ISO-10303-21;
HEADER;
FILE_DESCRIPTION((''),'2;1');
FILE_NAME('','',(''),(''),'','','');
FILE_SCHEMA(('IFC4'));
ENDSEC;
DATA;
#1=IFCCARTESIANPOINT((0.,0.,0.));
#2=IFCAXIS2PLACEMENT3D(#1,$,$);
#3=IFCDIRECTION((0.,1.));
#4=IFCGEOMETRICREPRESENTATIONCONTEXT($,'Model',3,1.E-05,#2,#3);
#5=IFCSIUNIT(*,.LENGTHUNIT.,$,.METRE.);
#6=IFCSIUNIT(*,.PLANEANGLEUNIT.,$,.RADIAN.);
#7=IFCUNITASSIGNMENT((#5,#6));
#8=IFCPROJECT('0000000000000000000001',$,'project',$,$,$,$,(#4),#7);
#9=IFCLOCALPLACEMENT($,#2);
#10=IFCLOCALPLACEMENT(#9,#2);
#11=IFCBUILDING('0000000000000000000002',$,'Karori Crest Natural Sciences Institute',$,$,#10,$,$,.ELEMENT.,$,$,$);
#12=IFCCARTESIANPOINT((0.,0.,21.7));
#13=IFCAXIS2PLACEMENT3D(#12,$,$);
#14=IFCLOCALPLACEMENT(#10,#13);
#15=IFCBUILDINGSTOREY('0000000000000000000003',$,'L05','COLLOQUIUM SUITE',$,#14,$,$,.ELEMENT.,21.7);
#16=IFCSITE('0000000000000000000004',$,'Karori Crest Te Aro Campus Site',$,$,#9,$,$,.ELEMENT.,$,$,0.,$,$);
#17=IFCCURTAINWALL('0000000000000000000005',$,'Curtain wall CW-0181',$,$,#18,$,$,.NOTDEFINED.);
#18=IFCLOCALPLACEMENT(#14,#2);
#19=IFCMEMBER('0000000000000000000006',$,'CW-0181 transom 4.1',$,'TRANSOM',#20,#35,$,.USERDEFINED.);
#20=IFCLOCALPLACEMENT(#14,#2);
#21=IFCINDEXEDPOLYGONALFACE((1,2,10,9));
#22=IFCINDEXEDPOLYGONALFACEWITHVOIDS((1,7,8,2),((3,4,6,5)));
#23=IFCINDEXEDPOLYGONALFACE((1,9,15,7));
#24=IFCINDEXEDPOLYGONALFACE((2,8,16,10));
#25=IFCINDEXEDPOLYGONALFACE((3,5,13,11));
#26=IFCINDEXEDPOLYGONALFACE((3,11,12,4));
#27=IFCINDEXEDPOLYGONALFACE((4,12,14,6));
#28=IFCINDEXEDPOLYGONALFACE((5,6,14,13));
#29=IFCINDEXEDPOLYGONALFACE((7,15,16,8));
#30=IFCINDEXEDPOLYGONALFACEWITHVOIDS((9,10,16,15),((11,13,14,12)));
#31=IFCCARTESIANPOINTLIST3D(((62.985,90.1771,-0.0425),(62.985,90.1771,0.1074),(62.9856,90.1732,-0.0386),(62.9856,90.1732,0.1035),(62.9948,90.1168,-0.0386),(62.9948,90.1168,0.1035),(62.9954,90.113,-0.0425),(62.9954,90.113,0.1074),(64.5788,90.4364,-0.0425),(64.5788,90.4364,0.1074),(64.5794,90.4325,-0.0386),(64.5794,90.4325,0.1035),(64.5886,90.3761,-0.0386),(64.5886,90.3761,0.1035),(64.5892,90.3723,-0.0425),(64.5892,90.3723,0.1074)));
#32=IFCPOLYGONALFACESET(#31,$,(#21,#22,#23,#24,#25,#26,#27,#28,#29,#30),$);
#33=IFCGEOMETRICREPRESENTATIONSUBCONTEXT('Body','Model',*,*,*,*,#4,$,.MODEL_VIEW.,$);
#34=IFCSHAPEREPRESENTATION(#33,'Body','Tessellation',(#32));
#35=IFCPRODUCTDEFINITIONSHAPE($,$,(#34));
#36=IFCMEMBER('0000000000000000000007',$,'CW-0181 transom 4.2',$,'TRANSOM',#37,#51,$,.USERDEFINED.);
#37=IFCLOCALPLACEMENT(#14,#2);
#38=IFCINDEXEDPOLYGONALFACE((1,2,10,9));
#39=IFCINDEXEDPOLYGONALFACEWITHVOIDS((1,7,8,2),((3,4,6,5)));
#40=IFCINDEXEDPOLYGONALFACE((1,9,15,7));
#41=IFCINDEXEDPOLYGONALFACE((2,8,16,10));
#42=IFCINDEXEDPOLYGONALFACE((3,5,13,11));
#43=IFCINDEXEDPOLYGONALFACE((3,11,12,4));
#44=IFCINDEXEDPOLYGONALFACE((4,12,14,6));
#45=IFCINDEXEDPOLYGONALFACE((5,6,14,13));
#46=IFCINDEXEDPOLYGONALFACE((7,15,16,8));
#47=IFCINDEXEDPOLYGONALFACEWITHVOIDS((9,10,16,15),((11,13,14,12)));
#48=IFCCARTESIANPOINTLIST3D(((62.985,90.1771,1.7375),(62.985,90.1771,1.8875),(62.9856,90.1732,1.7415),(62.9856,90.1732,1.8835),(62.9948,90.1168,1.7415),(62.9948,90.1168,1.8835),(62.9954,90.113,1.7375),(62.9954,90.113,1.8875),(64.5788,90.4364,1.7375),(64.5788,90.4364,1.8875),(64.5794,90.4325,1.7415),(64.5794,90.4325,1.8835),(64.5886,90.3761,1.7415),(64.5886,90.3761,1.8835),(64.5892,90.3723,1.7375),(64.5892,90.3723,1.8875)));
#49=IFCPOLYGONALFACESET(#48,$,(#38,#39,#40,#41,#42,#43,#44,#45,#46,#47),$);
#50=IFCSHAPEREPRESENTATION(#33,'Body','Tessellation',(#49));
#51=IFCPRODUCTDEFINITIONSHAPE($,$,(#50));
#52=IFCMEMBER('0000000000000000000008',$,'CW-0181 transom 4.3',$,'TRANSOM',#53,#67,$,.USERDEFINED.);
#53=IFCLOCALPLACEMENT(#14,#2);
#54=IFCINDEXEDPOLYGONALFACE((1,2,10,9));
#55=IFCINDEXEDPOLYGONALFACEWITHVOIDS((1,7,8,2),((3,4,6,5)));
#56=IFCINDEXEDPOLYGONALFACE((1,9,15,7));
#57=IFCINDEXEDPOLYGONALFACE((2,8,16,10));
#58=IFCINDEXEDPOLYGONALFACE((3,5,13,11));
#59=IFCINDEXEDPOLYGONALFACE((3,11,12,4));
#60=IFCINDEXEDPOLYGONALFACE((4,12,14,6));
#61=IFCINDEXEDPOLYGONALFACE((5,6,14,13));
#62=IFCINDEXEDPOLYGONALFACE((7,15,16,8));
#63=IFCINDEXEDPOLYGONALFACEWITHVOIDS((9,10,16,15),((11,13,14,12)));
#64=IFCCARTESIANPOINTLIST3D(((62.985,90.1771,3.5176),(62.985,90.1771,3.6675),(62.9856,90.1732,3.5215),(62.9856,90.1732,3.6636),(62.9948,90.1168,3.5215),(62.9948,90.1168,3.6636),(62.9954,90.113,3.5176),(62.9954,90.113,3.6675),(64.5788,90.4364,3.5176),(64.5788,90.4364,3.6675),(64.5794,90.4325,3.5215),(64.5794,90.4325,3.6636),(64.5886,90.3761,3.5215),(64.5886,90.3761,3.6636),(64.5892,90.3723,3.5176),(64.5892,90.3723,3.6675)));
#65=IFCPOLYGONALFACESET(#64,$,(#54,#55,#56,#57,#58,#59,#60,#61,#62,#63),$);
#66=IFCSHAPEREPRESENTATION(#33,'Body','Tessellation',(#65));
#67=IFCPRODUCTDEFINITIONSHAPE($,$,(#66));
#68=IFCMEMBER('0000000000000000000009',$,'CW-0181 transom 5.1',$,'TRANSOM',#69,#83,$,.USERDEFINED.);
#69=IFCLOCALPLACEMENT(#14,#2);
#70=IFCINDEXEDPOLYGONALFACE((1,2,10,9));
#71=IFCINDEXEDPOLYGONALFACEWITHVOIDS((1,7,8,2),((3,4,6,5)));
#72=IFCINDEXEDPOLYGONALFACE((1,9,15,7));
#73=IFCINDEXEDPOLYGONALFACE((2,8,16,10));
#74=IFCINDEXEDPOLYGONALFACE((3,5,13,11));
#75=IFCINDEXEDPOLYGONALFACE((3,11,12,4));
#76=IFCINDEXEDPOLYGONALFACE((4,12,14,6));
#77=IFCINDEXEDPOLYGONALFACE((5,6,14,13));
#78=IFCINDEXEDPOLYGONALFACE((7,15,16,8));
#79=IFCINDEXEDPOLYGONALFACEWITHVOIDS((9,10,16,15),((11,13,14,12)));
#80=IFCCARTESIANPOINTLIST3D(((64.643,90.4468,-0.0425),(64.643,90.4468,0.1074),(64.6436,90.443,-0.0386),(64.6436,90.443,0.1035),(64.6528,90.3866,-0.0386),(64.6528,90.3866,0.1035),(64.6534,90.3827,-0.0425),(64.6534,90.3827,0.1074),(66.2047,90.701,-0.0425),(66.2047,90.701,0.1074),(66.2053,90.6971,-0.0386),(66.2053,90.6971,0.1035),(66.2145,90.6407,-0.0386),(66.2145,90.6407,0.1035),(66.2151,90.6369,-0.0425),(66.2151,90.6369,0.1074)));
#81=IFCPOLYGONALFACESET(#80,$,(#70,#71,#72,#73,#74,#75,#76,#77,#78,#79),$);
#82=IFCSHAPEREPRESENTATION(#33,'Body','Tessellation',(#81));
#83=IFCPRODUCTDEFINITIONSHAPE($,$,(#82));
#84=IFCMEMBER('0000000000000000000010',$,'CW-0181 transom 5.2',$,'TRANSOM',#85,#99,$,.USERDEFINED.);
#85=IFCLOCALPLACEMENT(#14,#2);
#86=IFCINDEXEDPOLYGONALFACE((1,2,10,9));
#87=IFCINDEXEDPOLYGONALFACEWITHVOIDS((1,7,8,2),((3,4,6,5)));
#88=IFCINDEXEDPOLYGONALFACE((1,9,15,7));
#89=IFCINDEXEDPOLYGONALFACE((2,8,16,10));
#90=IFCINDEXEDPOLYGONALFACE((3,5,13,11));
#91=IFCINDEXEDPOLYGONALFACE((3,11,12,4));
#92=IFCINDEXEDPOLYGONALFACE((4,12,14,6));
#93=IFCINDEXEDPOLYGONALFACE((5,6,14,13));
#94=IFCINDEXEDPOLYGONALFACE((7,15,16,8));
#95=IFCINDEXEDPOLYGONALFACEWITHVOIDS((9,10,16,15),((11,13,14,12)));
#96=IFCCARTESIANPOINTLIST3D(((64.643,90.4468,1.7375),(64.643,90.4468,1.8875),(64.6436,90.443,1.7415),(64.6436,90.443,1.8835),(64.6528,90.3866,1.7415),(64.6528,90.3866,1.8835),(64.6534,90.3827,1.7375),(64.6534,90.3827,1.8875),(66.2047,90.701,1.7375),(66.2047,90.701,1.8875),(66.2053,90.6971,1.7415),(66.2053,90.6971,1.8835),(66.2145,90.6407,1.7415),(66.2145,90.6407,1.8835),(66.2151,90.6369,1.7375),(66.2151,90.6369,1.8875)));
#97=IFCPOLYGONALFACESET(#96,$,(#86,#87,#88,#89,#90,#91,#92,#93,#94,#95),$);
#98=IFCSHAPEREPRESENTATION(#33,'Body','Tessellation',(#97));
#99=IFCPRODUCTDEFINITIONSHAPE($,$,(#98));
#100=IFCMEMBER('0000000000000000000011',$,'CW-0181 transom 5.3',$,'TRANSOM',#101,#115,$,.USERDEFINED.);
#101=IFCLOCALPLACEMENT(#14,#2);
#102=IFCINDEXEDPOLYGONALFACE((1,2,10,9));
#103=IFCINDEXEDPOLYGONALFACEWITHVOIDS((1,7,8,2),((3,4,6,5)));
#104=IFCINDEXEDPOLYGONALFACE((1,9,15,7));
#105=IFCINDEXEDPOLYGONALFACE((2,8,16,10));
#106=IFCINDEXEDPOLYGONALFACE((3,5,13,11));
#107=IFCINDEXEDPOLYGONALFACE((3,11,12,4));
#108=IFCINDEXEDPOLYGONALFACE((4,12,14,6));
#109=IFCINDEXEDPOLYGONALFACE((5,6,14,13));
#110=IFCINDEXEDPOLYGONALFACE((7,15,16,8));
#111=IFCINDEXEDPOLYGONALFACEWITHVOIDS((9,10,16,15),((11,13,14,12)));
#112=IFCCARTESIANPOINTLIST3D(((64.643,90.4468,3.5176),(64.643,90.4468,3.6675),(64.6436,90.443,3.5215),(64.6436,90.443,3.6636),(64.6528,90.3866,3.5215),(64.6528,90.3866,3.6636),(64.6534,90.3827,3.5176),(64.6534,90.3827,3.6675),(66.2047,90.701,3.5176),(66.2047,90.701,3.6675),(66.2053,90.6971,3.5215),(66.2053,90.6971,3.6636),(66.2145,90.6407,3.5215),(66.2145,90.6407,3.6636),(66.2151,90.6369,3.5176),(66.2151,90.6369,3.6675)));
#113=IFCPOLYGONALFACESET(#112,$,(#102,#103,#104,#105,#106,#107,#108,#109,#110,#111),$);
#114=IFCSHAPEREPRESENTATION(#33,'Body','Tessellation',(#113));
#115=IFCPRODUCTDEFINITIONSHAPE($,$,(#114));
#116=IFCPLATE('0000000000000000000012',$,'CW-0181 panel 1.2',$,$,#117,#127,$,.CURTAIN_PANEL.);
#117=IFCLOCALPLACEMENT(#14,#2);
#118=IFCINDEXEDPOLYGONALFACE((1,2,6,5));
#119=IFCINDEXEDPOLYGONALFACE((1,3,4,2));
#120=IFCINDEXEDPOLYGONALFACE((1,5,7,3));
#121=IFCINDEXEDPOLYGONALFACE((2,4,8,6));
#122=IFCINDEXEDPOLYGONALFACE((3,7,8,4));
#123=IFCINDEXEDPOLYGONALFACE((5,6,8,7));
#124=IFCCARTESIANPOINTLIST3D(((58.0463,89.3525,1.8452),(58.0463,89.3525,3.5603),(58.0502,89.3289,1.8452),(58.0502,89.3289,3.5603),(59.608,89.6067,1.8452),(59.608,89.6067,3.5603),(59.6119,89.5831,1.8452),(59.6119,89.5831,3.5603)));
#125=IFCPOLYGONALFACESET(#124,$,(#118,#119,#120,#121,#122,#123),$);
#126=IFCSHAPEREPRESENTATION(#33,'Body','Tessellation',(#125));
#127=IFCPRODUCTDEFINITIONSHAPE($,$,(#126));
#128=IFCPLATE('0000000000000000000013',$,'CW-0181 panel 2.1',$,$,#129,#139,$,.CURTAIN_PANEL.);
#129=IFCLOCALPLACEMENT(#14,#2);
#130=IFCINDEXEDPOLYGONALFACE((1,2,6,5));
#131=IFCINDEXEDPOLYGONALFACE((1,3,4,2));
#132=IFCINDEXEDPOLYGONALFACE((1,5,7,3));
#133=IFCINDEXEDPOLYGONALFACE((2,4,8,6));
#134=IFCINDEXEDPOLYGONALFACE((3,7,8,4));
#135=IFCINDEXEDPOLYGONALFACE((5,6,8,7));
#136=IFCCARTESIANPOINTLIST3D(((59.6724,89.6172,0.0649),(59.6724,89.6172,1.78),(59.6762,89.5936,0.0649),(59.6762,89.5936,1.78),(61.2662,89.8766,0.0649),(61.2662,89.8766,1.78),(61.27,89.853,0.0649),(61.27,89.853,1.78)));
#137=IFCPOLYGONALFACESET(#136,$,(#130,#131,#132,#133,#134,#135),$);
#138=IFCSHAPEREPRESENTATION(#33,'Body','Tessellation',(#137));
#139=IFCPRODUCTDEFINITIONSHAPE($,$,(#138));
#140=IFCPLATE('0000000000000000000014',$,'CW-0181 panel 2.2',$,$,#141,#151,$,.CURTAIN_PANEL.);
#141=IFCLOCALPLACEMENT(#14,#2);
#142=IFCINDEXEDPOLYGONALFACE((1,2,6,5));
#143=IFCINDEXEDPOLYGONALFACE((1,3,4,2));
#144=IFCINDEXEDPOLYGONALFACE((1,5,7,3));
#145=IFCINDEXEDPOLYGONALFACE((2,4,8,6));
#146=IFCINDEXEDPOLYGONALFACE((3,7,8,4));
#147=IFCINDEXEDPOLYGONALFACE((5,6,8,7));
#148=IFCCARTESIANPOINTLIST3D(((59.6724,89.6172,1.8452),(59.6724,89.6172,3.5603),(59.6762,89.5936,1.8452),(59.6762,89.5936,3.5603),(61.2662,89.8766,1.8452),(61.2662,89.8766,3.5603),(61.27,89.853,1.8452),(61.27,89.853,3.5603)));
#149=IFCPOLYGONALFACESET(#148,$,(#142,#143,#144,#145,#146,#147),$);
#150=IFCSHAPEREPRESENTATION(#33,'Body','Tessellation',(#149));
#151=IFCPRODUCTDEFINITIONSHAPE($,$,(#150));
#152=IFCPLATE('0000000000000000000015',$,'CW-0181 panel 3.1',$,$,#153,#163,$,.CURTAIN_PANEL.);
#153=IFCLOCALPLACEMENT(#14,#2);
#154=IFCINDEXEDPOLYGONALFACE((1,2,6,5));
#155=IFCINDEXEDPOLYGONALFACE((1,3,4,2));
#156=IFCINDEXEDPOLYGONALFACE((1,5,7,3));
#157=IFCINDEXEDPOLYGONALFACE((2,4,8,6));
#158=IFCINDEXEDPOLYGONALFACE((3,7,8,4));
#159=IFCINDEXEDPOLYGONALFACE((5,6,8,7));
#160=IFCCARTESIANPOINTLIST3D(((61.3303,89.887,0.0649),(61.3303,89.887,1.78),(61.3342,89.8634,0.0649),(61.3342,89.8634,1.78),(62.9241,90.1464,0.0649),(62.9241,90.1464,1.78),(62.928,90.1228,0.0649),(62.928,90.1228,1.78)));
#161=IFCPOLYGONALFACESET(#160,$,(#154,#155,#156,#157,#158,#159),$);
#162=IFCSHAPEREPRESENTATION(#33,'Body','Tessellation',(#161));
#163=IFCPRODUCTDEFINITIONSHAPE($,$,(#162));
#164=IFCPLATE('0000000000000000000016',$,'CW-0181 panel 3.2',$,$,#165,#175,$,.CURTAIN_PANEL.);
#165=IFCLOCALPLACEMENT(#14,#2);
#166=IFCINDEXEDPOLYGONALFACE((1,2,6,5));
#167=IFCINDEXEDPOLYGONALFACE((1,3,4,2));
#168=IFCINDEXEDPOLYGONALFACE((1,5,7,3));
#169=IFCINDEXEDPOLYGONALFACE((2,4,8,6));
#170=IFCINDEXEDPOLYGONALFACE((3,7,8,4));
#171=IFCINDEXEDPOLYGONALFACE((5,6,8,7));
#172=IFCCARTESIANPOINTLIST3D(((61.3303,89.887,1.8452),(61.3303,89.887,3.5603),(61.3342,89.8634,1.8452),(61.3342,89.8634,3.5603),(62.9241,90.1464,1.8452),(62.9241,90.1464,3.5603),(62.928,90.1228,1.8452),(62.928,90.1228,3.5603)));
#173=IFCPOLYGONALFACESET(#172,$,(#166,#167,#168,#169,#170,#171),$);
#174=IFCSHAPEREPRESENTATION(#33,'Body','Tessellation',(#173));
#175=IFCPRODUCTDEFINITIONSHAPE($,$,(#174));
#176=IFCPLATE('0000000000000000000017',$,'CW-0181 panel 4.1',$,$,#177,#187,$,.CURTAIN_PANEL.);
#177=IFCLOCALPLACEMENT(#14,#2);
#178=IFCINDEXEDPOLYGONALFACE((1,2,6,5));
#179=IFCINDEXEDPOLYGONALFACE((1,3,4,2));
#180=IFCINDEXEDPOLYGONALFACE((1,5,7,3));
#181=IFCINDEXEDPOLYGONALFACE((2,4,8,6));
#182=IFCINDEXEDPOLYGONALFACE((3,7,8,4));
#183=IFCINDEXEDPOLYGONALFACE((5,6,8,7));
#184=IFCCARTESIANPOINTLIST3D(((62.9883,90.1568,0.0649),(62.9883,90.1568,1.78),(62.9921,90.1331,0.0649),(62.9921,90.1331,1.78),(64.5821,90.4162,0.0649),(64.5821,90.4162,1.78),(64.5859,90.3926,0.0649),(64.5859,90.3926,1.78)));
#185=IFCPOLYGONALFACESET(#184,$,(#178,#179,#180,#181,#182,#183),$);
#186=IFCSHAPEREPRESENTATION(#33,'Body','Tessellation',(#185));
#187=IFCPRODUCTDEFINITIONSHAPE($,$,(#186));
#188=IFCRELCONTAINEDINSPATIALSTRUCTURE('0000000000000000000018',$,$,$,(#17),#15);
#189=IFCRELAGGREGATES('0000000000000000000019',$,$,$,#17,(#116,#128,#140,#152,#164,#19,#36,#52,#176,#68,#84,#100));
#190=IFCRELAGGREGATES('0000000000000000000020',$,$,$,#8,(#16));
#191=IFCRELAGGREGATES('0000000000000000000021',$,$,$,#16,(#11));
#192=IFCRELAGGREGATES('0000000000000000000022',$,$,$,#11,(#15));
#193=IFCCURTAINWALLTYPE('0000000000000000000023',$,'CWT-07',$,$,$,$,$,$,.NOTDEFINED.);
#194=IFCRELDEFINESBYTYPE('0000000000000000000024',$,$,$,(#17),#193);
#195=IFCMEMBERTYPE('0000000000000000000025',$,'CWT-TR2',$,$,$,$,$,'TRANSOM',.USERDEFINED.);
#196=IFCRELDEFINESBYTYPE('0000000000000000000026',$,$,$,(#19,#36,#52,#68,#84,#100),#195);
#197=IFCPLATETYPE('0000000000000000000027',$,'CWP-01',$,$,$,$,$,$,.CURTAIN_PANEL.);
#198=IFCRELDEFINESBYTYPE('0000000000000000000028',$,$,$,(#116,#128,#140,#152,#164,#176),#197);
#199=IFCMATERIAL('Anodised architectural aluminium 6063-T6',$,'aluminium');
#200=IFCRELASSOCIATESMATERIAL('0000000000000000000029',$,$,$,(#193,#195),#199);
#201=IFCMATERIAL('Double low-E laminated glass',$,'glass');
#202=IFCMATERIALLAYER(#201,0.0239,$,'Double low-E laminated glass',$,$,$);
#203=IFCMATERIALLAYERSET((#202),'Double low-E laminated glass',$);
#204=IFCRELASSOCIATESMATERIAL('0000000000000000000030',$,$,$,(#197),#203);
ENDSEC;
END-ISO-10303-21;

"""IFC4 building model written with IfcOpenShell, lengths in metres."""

from ifc_helpers import new_model, si_unit, direction, frame, origin, origin_2d, place, context, subcontext, project, spatial, rectangle, hollow_rectangle, extrude, material, layer, layer_set, material_profile, profile_set, type_object, element, aggregate, save


model = new_model("IFC4")

# Units and contexts
model_context = context("Model", 3, precision=1e-05, world=origin(), true_north=direction((0.0, 1.0)))
body_context = subcontext(model_context, "Body", "Model", "MODEL_VIEW")
ifc_project = project(units=[si_unit("LENGTHUNIT", "METRE"), si_unit("PLANEANGLEUNIT", "RADIAN")], contexts=[model_context])

# Site, building, storey
site_placement = place(None, origin())
site = spatial("IfcSite", under=ifc_project, at=site_placement, Name="Karori Crest Te Aro Campus Site", CompositionType="ELEMENT", RefElevation=0.0)
building_placement = place(site_placement, origin())
building = spatial("IfcBuilding", under=site, at=building_placement, Name="Karori Crest Natural Sciences Institute", CompositionType="ELEMENT")
storey_placement = place(building_placement, frame((0.0, 0.0, 21.7)))
storey = spatial("IfcBuildingStorey", under=building, at=storey_placement, Name="L05", Description="COLLOQUIUM SUITE", CompositionType="ELEMENT", Elevation=21.7)

# Curtain wall, members, plates
ifc_material_1 = material(Name="Anodised architectural aluminium 6063-T6", Category="aluminium")
curtain_wall_type = type_object("IfcCurtainWallType", Name="CWT-07", PredefinedType="NOTDEFINED", material=ifc_material_1)
curtain_wall_placement = place(storey_placement, origin())
curtain_wall = element("IfcCurtainWall", 1, at=curtain_wall_placement, inside=storey, type_object=curtain_wall_type, Name="Curtain wall CW-0181", PredefinedType="NOTDEFINED")
ifc_material_profile_1 = material_profile(ifc_material_1, hollow_rectangle(XDim=0.0649, YDim=0.1499, WallThickness=0.0039, at=origin_2d()), Name="CWT150x65x4")
ifc_profile_set_1 = profile_set([ifc_material_profile_1], Name="Anodised architectural aluminium 6063-T6")
member_type_1 = type_object("IfcMemberType", Name="CWT-TR2", ElementType="TRANSOM", PredefinedType="USERDEFINED", material=ifc_profile_set_1)
member_1_placement = place(storey_placement, frame((62.9902, 90.145, 0.0325), z_axis=(0.987024, 0.160573, 0.0), x_axis=(-0.160573, 0.987024, 0.0)))
member_1 = element("IfcMember", 2, at=member_1_placement, type_object=member_type_1, Name="CW-0181 transom 4.1", ObjectType="TRANSOM", PredefinedType="USERDEFINED", context=body_context, shape_type="SweptSolid", body=[
    extrude(hollow_rectangle(XDim=0.0649, YDim=0.1499, WallThickness=0.0039, at=origin_2d()), origin(), (0.0, 0.0, 1.0), 1.6147),
])
member_2_placement = place(storey_placement, frame((62.9902, 90.145, 1.8125), z_axis=(0.987024, 0.160573, 0.0), x_axis=(-0.160573, 0.987024, 0.0)))
member_2 = element("IfcMember", 3, at=member_2_placement, type_object=member_type_1, Name="CW-0181 transom 4.2", ObjectType="TRANSOM", PredefinedType="USERDEFINED", context=body_context, shape_type="SweptSolid", body=[
    extrude(hollow_rectangle(XDim=0.0649, YDim=0.1499, WallThickness=0.0039, at=origin_2d()), origin(), (0.0, 0.0, 1.0), 1.6147),
])
member_3_placement = place(storey_placement, frame((62.9902, 90.145, 3.5925), z_axis=(0.987024, 0.160573, 0.0), x_axis=(-0.160573, 0.987024, 0.0)))
member_3 = element("IfcMember", 4, at=member_3_placement, type_object=member_type_1, Name="CW-0181 transom 4.3", ObjectType="TRANSOM", PredefinedType="USERDEFINED", context=body_context, shape_type="SweptSolid", body=[
    extrude(hollow_rectangle(XDim=0.0649, YDim=0.1499, WallThickness=0.0039, at=origin_2d()), origin(), (0.0, 0.0, 1.0), 1.6147),
])
member_4_placement = place(storey_placement, frame((64.6482, 90.4148, 0.0325), z_axis=(0.987016, 0.16062, 0.0), x_axis=(-0.16062, 0.987016, 0.0)))
member_4 = element("IfcMember", 5, at=member_4_placement, type_object=member_type_1, Name="CW-0181 transom 5.1", ObjectType="TRANSOM", PredefinedType="USERDEFINED", context=body_context, shape_type="SweptSolid", body=[
    extrude(hollow_rectangle(XDim=0.0649, YDim=0.1499, WallThickness=0.0039, at=origin_2d()), origin(), (0.0, 0.0, 1.0), 1.5823),
])
member_5_placement = place(storey_placement, frame((64.6482, 90.4148, 1.8125), z_axis=(0.987016, 0.16062, 0.0), x_axis=(-0.16062, 0.987016, 0.0)))
member_5 = element("IfcMember", 6, at=member_5_placement, type_object=member_type_1, Name="CW-0181 transom 5.2", ObjectType="TRANSOM", PredefinedType="USERDEFINED", context=body_context, shape_type="SweptSolid", body=[
    extrude(hollow_rectangle(XDim=0.0649, YDim=0.1499, WallThickness=0.0039, at=origin_2d()), origin(), (0.0, 0.0, 1.0), 1.5823),
])
member_6_placement = place(storey_placement, frame((64.6482, 90.4148, 3.5925), z_axis=(0.987016, 0.16062, 0.0), x_axis=(-0.16062, 0.987016, 0.0)))
member_6 = element("IfcMember", 7, at=member_6_placement, type_object=member_type_1, Name="CW-0181 transom 5.3", ObjectType="TRANSOM", PredefinedType="USERDEFINED", context=body_context, shape_type="SweptSolid", body=[
    extrude(hollow_rectangle(XDim=0.0649, YDim=0.1499, WallThickness=0.0039, at=origin_2d()), origin(), (0.0, 0.0, 1.0), 1.5823),
])
ifc_material_2 = material(Name="Double low-E laminated glass", Category="glass")
ifc_layer_1 = layer(ifc_material_2, 0.0239, Name="Double low-E laminated glass")
ifc_layer_set_1 = layer_set([ifc_layer_1], Name="Double low-E laminated glass")
plate_type = type_object("IfcPlateType", Name="CWP-01", PredefinedType="CURTAIN_PANEL", material=ifc_layer_set_1)
plate_1_placement = place(storey_placement, frame((58.8291, 89.4678, 1.8452), z_axis=(0.0, 0.0, 1.0), x_axis=(0.987011, 0.16065, 0.0)))
plate_1 = element("IfcPlate", 8, at=plate_1_placement, type_object=plate_type, Name="CW-0181 panel 1.2", PredefinedType="CURTAIN_PANEL", context=body_context, shape_type="SweptSolid", body=[
    extrude(rectangle(XDim=1.5823, YDim=0.0239, at=origin_2d()), origin(), (0.0, 0.0, 1.0), 1.7151),
])
plate_2_placement = place(storey_placement, frame((60.4712, 89.7351, 0.0649), z_axis=(0.0, 0.0, 1.0), x_axis=(0.987011, 0.16065, 0.0)))
plate_2 = element("IfcPlate", 9, at=plate_2_placement, type_object=plate_type, Name="CW-0181 panel 2.1", PredefinedType="CURTAIN_PANEL", context=body_context, shape_type="SweptSolid", body=[
    extrude(rectangle(XDim=1.6147, YDim=0.0239, at=origin_2d()), origin(), (0.0, 0.0, 1.0), 1.7151),
])
plate_3_placement = place(storey_placement, frame((60.4712, 89.7351, 1.8452), z_axis=(0.0, 0.0, 1.0), x_axis=(0.987011, 0.16065, 0.0)))
plate_3 = element("IfcPlate", 10, at=plate_3_placement, type_object=plate_type, Name="CW-0181 panel 2.2", PredefinedType="CURTAIN_PANEL", context=body_context, shape_type="SweptSolid", body=[
    extrude(rectangle(XDim=1.6147, YDim=0.0239, at=origin_2d()), origin(), (0.0, 0.0, 1.0), 1.7151),
])
plate_4_placement = place(storey_placement, frame((62.1292, 90.0049, 0.0649), z_axis=(0.0, 0.0, 1.0), x_axis=(0.987011, 0.16065, 0.0)))
plate_4 = element("IfcPlate", 11, at=plate_4_placement, type_object=plate_type, Name="CW-0181 panel 3.1", PredefinedType="CURTAIN_PANEL", context=body_context, shape_type="SweptSolid", body=[
    extrude(rectangle(XDim=1.6147, YDim=0.0239, at=origin_2d()), origin(), (0.0, 0.0, 1.0), 1.7151),
])
plate_5_placement = place(storey_placement, frame((62.1292, 90.0049, 1.8452), z_axis=(0.0, 0.0, 1.0), x_axis=(0.987011, 0.16065, 0.0)))
plate_5 = element("IfcPlate", 12, at=plate_5_placement, type_object=plate_type, Name="CW-0181 panel 3.2", PredefinedType="CURTAIN_PANEL", context=body_context, shape_type="SweptSolid", body=[
    extrude(rectangle(XDim=1.6147, YDim=0.0239, at=origin_2d()), origin(), (0.0, 0.0, 1.0), 1.7151),
])
plate_6_placement = place(storey_placement, frame((63.7871, 90.2747, 0.0649), z_axis=(0.0, 0.0, 1.0), x_axis=(0.987011, 0.16065, 0.0)))
plate_6 = element("IfcPlate", 13, at=plate_6_placement, type_object=plate_type, Name="CW-0181 panel 4.1", PredefinedType="CURTAIN_PANEL", context=body_context, shape_type="SweptSolid", body=[
    extrude(rectangle(XDim=1.6147, YDim=0.0239, at=origin_2d()), origin(), (0.0, 0.0, 1.0), 1.7151),
])
aggregate(curtain_wall, [plate_1, plate_2, plate_3, plate_4, plate_5, member_1, member_2, member_3, plate_6, member_4, member_5, member_6])

save(model, "model.ifc")
